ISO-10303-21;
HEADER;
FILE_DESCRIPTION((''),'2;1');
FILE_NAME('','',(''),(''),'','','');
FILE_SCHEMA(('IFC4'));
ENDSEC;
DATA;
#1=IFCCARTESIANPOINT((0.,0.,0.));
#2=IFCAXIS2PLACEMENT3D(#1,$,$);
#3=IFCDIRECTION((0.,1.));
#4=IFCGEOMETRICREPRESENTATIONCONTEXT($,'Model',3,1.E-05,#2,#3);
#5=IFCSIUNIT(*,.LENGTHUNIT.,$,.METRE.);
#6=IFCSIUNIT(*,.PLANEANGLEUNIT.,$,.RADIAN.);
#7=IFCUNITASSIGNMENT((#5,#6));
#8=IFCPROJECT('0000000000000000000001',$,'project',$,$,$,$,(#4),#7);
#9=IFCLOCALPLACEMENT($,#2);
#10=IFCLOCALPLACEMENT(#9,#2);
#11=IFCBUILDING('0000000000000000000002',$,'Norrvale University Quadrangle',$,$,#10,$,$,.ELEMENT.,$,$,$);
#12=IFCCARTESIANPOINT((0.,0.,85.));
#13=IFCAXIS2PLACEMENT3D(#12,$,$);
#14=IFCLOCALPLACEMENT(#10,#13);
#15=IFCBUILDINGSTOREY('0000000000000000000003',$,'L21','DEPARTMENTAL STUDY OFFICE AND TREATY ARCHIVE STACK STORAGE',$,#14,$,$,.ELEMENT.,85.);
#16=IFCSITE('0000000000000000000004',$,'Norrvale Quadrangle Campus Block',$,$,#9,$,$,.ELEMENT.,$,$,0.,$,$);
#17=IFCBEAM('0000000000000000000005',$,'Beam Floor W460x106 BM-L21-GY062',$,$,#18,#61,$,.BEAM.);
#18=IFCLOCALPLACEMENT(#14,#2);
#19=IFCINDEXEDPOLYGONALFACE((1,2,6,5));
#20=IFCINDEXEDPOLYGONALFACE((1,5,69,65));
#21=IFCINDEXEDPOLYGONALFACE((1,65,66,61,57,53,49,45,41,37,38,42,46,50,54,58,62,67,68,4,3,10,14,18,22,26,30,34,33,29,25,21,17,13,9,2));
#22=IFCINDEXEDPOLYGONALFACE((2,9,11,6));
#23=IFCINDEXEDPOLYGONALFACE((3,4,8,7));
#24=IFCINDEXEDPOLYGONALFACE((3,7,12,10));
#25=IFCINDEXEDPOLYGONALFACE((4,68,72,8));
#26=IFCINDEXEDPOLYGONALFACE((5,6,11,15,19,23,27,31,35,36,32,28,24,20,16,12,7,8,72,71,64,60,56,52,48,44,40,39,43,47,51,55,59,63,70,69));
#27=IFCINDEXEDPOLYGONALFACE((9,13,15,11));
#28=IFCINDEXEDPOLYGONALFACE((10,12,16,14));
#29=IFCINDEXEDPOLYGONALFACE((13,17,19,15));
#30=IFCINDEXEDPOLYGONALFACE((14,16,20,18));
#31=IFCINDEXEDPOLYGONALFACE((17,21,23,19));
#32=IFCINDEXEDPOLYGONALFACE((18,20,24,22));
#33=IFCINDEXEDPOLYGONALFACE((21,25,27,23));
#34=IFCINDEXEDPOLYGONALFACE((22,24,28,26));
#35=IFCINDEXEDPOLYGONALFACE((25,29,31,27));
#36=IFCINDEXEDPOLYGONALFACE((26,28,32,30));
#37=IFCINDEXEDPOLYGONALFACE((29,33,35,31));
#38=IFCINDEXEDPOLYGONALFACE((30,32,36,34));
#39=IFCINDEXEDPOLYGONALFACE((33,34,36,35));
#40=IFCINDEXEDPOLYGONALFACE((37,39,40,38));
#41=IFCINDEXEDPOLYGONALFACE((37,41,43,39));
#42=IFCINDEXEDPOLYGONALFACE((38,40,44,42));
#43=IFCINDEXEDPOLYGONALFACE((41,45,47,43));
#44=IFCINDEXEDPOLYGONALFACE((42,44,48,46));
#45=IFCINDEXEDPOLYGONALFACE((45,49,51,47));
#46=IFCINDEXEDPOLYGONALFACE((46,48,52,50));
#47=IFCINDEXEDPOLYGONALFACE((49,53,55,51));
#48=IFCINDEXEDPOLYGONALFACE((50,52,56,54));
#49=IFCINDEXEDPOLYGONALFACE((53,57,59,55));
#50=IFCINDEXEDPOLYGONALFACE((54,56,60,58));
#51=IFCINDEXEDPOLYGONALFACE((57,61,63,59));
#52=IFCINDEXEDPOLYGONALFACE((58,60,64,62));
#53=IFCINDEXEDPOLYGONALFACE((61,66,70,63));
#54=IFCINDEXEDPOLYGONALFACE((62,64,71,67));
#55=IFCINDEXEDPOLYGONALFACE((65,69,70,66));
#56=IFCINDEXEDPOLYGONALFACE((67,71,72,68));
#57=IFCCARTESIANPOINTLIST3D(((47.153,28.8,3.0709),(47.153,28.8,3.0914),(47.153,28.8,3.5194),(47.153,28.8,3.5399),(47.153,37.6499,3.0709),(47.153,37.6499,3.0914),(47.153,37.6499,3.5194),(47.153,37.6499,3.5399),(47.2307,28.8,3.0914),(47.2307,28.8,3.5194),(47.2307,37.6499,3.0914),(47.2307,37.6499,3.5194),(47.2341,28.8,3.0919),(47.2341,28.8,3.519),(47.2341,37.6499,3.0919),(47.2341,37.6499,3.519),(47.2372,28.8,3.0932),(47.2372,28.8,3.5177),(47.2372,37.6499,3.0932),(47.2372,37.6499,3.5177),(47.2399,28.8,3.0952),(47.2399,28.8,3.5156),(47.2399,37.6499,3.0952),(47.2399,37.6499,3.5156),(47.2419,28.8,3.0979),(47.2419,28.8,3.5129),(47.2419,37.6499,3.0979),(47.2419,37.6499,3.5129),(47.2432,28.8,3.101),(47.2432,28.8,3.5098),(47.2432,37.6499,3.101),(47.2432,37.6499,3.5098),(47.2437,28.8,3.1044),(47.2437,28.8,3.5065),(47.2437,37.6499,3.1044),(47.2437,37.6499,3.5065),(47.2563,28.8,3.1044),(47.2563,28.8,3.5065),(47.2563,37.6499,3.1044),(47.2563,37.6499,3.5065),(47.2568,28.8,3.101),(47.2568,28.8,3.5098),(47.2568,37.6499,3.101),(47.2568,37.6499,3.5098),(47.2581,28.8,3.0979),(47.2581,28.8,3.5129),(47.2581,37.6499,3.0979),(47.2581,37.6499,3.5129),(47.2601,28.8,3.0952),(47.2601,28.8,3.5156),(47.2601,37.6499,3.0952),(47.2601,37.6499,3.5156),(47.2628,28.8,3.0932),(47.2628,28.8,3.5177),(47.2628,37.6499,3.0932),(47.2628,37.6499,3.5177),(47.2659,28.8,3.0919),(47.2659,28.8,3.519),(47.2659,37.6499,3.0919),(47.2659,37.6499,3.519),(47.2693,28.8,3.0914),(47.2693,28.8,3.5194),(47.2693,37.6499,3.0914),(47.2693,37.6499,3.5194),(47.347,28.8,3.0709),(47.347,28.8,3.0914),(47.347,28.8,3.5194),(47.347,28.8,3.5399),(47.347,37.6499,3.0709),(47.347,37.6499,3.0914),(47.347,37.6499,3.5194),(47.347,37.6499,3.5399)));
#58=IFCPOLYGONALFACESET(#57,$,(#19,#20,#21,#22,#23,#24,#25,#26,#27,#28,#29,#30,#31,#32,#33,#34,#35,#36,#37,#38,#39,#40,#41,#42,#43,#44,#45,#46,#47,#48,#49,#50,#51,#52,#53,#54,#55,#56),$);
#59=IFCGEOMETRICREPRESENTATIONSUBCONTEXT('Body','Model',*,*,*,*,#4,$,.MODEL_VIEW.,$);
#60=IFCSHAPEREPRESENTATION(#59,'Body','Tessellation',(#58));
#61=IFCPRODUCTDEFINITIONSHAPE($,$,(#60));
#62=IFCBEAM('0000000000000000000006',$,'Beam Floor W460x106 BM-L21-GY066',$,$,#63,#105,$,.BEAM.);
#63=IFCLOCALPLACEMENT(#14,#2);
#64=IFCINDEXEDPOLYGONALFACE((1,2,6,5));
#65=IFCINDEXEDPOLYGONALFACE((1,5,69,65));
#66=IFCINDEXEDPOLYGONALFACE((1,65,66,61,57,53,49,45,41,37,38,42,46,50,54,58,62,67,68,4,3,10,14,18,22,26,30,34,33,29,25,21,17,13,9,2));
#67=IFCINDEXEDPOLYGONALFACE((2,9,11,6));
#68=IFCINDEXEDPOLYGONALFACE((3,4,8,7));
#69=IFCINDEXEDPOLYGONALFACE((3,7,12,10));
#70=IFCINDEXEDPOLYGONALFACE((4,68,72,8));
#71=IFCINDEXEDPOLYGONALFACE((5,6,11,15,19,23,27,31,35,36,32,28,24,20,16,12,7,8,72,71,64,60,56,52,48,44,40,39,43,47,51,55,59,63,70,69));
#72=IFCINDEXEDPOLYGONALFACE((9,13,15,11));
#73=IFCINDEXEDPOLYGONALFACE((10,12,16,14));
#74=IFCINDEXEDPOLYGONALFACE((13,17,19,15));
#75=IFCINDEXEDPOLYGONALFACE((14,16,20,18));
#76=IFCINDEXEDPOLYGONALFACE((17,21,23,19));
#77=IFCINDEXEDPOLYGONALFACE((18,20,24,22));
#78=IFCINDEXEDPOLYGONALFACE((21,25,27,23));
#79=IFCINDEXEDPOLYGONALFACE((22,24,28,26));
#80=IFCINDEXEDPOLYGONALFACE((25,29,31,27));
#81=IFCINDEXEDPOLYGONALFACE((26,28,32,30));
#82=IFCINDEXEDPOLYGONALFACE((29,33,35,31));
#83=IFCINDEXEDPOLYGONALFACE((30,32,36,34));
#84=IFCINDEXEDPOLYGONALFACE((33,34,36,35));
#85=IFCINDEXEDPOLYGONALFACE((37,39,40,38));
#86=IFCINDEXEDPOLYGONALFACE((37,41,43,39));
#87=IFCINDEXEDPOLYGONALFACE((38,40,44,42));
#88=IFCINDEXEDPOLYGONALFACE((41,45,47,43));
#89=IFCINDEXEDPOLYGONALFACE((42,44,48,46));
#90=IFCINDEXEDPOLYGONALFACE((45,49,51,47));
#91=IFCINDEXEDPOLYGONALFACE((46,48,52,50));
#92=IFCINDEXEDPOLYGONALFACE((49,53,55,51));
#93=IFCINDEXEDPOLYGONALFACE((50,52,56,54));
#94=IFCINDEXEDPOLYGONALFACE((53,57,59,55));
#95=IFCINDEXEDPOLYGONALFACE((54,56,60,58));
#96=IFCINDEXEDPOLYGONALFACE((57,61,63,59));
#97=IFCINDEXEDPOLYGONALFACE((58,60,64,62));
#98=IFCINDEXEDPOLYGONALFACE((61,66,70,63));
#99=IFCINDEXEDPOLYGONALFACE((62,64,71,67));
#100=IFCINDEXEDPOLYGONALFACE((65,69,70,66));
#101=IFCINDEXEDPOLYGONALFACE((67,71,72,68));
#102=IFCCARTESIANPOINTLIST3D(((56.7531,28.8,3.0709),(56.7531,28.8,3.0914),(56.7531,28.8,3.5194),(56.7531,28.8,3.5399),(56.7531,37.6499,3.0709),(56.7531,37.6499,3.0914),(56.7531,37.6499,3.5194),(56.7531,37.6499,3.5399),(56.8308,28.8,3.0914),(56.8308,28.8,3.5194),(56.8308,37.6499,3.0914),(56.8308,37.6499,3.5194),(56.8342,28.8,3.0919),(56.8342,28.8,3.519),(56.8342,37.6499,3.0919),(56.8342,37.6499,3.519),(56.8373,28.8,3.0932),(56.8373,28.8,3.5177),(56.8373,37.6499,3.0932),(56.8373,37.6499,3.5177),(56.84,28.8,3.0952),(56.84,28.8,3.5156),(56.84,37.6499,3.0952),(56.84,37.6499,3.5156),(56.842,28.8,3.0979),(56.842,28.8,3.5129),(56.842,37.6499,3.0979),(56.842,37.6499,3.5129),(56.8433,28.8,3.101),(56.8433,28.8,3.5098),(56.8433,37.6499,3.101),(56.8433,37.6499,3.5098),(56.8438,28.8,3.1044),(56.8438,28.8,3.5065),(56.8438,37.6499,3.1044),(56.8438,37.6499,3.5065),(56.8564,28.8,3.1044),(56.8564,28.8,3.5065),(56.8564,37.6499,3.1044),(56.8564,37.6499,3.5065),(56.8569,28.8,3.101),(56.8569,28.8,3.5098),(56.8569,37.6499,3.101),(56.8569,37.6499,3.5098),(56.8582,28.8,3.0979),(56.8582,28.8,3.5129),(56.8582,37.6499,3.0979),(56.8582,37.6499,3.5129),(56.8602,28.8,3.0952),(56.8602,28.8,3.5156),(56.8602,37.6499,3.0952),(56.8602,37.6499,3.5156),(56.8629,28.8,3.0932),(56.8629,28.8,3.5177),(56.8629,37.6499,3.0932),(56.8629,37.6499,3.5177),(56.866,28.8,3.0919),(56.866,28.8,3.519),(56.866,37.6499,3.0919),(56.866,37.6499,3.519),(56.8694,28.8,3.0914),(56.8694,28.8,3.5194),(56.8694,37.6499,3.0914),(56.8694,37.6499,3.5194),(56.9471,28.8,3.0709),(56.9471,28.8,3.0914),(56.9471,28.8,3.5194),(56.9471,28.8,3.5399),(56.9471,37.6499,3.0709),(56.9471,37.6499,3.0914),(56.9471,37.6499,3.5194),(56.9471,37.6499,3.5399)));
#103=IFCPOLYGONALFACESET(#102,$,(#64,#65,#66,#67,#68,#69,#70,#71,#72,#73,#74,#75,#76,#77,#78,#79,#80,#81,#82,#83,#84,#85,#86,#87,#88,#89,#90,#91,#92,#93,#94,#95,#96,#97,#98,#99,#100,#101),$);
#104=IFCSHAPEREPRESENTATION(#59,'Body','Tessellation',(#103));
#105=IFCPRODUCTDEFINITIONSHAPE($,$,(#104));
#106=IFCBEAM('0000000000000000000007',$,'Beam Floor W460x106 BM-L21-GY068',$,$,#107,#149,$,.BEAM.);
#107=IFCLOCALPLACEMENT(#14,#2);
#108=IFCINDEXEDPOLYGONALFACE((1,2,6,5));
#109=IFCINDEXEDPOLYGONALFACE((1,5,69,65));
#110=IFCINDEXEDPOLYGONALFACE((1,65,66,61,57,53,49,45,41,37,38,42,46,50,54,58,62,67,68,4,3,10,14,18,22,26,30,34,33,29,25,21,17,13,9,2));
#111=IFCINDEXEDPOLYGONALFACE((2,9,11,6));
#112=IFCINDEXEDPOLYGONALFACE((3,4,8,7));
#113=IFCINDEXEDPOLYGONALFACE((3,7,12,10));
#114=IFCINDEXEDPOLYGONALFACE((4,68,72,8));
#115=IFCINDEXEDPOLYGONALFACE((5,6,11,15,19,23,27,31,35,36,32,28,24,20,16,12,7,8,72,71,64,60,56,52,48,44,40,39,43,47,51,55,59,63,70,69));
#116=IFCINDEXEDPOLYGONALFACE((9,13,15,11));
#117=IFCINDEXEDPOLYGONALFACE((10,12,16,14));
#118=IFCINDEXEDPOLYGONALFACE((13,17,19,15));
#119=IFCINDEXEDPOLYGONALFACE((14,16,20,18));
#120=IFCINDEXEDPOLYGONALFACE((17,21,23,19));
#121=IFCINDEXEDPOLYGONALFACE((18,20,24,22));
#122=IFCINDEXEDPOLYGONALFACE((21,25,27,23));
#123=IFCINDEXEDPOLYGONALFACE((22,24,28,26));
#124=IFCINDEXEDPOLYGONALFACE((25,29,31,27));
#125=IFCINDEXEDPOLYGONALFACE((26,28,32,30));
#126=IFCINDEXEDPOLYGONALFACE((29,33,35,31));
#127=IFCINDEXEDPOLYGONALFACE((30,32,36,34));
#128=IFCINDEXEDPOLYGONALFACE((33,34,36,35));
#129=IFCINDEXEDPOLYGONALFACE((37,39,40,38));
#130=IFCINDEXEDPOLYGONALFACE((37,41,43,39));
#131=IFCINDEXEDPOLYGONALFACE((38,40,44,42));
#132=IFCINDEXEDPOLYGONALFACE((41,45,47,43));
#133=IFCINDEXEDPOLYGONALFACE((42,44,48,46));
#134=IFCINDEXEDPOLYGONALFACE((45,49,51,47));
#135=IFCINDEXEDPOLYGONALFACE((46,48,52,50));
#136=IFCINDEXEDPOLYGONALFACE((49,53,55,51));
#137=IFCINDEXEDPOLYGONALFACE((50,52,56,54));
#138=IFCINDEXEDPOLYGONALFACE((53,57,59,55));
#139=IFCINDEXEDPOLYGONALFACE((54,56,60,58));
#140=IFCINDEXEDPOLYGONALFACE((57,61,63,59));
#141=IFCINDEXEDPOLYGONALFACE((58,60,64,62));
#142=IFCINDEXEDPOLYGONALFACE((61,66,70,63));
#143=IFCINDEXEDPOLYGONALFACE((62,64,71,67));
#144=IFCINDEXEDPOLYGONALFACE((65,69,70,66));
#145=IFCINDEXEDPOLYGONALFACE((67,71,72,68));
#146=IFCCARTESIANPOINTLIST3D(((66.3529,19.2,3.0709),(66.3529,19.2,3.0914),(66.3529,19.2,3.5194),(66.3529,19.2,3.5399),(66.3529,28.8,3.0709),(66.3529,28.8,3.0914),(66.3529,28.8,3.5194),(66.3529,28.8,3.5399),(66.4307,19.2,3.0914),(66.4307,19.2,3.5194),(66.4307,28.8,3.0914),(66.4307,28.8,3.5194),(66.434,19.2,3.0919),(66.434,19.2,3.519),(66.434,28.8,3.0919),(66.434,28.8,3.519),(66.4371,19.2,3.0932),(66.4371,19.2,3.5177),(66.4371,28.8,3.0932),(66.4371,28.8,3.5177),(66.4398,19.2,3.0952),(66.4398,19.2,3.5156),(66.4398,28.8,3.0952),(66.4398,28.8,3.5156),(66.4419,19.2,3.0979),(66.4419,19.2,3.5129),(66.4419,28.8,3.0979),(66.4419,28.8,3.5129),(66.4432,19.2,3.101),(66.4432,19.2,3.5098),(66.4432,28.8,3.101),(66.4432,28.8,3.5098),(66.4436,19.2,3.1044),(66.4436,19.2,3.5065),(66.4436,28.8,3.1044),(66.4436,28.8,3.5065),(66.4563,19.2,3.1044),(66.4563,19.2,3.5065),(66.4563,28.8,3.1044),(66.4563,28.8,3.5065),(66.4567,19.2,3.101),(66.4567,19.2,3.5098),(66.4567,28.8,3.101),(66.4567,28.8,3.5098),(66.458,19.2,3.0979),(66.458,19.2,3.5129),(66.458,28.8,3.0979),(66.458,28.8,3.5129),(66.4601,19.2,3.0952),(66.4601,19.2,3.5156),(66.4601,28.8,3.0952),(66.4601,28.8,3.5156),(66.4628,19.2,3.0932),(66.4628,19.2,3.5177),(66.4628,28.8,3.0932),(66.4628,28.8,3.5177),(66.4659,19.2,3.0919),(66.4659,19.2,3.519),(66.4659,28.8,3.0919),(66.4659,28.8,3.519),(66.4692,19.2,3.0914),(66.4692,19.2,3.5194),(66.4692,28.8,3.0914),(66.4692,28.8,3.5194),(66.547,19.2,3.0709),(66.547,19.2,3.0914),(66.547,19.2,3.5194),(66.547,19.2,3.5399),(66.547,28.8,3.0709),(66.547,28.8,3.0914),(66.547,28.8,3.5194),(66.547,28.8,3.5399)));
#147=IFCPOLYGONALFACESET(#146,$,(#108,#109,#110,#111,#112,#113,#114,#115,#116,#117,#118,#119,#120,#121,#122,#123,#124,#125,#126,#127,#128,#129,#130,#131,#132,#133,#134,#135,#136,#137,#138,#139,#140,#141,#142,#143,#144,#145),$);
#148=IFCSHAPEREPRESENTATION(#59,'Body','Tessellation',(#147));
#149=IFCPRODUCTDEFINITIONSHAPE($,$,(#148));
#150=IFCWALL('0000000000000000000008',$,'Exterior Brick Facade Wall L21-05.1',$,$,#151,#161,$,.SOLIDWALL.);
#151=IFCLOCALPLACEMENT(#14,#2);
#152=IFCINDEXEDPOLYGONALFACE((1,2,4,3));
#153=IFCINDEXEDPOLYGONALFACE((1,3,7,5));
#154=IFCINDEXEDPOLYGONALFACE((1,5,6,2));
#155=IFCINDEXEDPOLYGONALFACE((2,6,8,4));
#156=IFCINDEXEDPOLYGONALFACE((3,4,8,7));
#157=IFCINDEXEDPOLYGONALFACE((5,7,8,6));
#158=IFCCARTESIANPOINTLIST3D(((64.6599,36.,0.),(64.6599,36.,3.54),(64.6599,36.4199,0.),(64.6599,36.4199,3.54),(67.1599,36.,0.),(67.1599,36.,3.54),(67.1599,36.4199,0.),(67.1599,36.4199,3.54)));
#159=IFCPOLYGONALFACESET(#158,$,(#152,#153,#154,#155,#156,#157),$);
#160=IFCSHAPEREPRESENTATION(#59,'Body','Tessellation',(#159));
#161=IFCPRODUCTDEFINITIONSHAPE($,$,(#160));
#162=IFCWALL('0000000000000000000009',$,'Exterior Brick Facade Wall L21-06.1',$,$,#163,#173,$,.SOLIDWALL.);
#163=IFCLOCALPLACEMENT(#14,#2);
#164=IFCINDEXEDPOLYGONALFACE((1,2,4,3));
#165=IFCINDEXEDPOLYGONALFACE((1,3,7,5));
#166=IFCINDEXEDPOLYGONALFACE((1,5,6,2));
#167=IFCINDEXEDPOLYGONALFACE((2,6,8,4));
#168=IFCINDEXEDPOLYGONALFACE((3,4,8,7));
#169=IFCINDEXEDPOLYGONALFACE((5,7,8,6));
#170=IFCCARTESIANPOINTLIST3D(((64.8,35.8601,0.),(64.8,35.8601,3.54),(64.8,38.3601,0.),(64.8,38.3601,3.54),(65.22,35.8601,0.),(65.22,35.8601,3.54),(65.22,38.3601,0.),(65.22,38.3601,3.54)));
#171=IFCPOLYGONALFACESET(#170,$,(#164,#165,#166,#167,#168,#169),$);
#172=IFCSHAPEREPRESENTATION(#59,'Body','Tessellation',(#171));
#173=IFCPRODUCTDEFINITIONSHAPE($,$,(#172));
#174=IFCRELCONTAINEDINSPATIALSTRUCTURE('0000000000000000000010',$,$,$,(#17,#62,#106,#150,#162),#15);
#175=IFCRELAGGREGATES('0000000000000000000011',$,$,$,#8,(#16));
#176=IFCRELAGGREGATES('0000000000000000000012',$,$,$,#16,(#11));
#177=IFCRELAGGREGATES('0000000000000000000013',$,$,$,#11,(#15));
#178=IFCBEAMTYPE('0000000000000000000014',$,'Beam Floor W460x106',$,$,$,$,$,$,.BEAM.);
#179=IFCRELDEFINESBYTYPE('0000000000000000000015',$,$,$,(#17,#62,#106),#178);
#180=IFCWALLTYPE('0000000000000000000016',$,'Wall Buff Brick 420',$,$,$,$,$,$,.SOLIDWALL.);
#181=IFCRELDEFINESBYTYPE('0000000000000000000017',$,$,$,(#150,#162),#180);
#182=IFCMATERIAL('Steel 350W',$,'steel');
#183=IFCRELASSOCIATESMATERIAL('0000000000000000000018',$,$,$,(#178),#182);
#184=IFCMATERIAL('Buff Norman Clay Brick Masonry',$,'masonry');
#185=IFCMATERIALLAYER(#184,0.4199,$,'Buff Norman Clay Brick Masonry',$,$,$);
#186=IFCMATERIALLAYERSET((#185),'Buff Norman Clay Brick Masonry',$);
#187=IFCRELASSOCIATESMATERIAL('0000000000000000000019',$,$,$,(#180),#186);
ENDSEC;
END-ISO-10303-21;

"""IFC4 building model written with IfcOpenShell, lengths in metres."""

from ifc_helpers import new_model, si_unit, direction, frame, frame_2d, origin, origin_2d, place, context, subcontext, project, spatial, rectangle, i_section, extrude, material, layer, layer_set, material_profile, profile_set, type_object, element, save


model = new_model("IFC4")

# Units and contexts
model_context = context("Model", 3, precision=1e-05, world=origin(), true_north=direction((0.0, 1.0)))
body_context = subcontext(model_context, "Body", "Model", "MODEL_VIEW")
ifc_project = project(units=[si_unit("LENGTHUNIT", "METRE"), si_unit("PLANEANGLEUNIT", "RADIAN")], contexts=[model_context])

# Site, building, storey
site_placement = place(None, origin())
site = spatial("IfcSite", under=ifc_project, at=site_placement, Name="Norrvale Quadrangle Campus Block", CompositionType="ELEMENT", RefElevation=0.0)
building_placement = place(site_placement, origin())
building = spatial("IfcBuilding", under=site, at=building_placement, Name="Norrvale University Quadrangle", CompositionType="ELEMENT")
storey_placement = place(building_placement, frame((0.0, 0.0, 85.0)))
storey = spatial("IfcBuildingStorey", under=building, at=storey_placement, Name="L21", Description="DEPARTMENTAL STUDY OFFICE AND TREATY ARCHIVE STACK STORAGE", CompositionType="ELEMENT", Elevation=85.0)

# Beams
ifc_material_1 = material(Name="Steel 350W", Category="steel")
ifc_material_profile_1 = material_profile(ifc_material_1, i_section(OverallWidth=0.1941, OverallDepth=0.469, WebThickness=0.0127, FlangeThickness=0.0205, FilletRadius=0.0129, at=origin_2d()), Name="Steel 350W")
ifc_profile_set_1 = profile_set([ifc_material_profile_1], Name="Steel 350W")
beam_type_1 = type_object("IfcBeamType", Name="Beam Floor W460x106", PredefinedType="BEAM", material=ifc_profile_set_1)
for number, where, z_axis, x_axis, name in (
    (1, (47.25, 28.8, 3.3054), (0.0, 1.0, 0.0), (-1.0, 0.0, 0.0), "Beam Floor W460x106 BM-L21-GY062"),
    (2, (56.8501, 28.8, 3.3054), (0.0, 1.0, 0.0), (-1.0, 0.0, 0.0), "Beam Floor W460x106 BM-L21-GY066"),
):
    element("IfcBeam", number, at=place(storey_placement, frame(where, z_axis=z_axis, x_axis=x_axis)), inside=storey, type_object=beam_type_1, Name=name, PredefinedType="BEAM", context=body_context, shape_type="SweptSolid", body=[
        extrude(i_section(OverallWidth=0.1941, OverallDepth=0.469, WebThickness=0.0127, FlangeThickness=0.0205, FilletRadius=0.0129, at=origin_2d()), origin(), (0.0, 0.0, 1.0), 8.8499),
    ])
beam_1_placement = place(storey_placement, frame((66.45, 19.2, 3.3054), z_axis=(0.0, 1.0, 0.0), x_axis=(-1.0, 0.0, 0.0)))
element("IfcBeam", 3, at=beam_1_placement, inside=storey, type_object=beam_type_1, Name="Beam Floor W460x106 BM-L21-GY068", PredefinedType="BEAM", context=body_context, shape_type="SweptSolid", body=[
    extrude(i_section(OverallWidth=0.1941, OverallDepth=0.469, WebThickness=0.0127, FlangeThickness=0.0205, FilletRadius=0.0129, at=origin_2d()), origin(), (0.0, 0.0, 1.0), 9.6001),
])

# Walls
ifc_material_2 = material(Name="Buff Norman Clay Brick Masonry", Category="masonry")
ifc_layer = layer(ifc_material_2, 0.4199, Name="Buff Norman Clay Brick Masonry")
ifc_layer_set = layer_set([ifc_layer], Name="Buff Norman Clay Brick Masonry")
wall_type = type_object("IfcWallType", Name="Wall Buff Brick 420", PredefinedType="SOLIDWALL", material=ifc_layer_set)
for number, where, z_axis, x_axis, name in (
    (4, (67.1599, 36.21, 0.0), (0.0, 0.0, 1.0), (-1.0, 0.0, 0.0), "Exterior Brick Facade Wall L21-05.1"),
    (5, (65.01, 35.8601, 0.0), (0.0, 0.0, 1.0), (0.0, 1.0, 0.0), "Exterior Brick Facade Wall L21-06.1"),
):
    element("IfcWall", number, at=place(storey_placement, frame(where, z_axis=z_axis, x_axis=x_axis)), inside=storey, type_object=wall_type, Name=name, PredefinedType="SOLIDWALL", context=body_context, shape_type="SweptSolid", body=[
        extrude(rectangle(XDim=2.5, YDim=0.4199, at=frame_2d((1.25, 0.0))), origin(), (0.0, 0.0, 1.0), 3.54),
    ])

save(model, "model.ifc")
